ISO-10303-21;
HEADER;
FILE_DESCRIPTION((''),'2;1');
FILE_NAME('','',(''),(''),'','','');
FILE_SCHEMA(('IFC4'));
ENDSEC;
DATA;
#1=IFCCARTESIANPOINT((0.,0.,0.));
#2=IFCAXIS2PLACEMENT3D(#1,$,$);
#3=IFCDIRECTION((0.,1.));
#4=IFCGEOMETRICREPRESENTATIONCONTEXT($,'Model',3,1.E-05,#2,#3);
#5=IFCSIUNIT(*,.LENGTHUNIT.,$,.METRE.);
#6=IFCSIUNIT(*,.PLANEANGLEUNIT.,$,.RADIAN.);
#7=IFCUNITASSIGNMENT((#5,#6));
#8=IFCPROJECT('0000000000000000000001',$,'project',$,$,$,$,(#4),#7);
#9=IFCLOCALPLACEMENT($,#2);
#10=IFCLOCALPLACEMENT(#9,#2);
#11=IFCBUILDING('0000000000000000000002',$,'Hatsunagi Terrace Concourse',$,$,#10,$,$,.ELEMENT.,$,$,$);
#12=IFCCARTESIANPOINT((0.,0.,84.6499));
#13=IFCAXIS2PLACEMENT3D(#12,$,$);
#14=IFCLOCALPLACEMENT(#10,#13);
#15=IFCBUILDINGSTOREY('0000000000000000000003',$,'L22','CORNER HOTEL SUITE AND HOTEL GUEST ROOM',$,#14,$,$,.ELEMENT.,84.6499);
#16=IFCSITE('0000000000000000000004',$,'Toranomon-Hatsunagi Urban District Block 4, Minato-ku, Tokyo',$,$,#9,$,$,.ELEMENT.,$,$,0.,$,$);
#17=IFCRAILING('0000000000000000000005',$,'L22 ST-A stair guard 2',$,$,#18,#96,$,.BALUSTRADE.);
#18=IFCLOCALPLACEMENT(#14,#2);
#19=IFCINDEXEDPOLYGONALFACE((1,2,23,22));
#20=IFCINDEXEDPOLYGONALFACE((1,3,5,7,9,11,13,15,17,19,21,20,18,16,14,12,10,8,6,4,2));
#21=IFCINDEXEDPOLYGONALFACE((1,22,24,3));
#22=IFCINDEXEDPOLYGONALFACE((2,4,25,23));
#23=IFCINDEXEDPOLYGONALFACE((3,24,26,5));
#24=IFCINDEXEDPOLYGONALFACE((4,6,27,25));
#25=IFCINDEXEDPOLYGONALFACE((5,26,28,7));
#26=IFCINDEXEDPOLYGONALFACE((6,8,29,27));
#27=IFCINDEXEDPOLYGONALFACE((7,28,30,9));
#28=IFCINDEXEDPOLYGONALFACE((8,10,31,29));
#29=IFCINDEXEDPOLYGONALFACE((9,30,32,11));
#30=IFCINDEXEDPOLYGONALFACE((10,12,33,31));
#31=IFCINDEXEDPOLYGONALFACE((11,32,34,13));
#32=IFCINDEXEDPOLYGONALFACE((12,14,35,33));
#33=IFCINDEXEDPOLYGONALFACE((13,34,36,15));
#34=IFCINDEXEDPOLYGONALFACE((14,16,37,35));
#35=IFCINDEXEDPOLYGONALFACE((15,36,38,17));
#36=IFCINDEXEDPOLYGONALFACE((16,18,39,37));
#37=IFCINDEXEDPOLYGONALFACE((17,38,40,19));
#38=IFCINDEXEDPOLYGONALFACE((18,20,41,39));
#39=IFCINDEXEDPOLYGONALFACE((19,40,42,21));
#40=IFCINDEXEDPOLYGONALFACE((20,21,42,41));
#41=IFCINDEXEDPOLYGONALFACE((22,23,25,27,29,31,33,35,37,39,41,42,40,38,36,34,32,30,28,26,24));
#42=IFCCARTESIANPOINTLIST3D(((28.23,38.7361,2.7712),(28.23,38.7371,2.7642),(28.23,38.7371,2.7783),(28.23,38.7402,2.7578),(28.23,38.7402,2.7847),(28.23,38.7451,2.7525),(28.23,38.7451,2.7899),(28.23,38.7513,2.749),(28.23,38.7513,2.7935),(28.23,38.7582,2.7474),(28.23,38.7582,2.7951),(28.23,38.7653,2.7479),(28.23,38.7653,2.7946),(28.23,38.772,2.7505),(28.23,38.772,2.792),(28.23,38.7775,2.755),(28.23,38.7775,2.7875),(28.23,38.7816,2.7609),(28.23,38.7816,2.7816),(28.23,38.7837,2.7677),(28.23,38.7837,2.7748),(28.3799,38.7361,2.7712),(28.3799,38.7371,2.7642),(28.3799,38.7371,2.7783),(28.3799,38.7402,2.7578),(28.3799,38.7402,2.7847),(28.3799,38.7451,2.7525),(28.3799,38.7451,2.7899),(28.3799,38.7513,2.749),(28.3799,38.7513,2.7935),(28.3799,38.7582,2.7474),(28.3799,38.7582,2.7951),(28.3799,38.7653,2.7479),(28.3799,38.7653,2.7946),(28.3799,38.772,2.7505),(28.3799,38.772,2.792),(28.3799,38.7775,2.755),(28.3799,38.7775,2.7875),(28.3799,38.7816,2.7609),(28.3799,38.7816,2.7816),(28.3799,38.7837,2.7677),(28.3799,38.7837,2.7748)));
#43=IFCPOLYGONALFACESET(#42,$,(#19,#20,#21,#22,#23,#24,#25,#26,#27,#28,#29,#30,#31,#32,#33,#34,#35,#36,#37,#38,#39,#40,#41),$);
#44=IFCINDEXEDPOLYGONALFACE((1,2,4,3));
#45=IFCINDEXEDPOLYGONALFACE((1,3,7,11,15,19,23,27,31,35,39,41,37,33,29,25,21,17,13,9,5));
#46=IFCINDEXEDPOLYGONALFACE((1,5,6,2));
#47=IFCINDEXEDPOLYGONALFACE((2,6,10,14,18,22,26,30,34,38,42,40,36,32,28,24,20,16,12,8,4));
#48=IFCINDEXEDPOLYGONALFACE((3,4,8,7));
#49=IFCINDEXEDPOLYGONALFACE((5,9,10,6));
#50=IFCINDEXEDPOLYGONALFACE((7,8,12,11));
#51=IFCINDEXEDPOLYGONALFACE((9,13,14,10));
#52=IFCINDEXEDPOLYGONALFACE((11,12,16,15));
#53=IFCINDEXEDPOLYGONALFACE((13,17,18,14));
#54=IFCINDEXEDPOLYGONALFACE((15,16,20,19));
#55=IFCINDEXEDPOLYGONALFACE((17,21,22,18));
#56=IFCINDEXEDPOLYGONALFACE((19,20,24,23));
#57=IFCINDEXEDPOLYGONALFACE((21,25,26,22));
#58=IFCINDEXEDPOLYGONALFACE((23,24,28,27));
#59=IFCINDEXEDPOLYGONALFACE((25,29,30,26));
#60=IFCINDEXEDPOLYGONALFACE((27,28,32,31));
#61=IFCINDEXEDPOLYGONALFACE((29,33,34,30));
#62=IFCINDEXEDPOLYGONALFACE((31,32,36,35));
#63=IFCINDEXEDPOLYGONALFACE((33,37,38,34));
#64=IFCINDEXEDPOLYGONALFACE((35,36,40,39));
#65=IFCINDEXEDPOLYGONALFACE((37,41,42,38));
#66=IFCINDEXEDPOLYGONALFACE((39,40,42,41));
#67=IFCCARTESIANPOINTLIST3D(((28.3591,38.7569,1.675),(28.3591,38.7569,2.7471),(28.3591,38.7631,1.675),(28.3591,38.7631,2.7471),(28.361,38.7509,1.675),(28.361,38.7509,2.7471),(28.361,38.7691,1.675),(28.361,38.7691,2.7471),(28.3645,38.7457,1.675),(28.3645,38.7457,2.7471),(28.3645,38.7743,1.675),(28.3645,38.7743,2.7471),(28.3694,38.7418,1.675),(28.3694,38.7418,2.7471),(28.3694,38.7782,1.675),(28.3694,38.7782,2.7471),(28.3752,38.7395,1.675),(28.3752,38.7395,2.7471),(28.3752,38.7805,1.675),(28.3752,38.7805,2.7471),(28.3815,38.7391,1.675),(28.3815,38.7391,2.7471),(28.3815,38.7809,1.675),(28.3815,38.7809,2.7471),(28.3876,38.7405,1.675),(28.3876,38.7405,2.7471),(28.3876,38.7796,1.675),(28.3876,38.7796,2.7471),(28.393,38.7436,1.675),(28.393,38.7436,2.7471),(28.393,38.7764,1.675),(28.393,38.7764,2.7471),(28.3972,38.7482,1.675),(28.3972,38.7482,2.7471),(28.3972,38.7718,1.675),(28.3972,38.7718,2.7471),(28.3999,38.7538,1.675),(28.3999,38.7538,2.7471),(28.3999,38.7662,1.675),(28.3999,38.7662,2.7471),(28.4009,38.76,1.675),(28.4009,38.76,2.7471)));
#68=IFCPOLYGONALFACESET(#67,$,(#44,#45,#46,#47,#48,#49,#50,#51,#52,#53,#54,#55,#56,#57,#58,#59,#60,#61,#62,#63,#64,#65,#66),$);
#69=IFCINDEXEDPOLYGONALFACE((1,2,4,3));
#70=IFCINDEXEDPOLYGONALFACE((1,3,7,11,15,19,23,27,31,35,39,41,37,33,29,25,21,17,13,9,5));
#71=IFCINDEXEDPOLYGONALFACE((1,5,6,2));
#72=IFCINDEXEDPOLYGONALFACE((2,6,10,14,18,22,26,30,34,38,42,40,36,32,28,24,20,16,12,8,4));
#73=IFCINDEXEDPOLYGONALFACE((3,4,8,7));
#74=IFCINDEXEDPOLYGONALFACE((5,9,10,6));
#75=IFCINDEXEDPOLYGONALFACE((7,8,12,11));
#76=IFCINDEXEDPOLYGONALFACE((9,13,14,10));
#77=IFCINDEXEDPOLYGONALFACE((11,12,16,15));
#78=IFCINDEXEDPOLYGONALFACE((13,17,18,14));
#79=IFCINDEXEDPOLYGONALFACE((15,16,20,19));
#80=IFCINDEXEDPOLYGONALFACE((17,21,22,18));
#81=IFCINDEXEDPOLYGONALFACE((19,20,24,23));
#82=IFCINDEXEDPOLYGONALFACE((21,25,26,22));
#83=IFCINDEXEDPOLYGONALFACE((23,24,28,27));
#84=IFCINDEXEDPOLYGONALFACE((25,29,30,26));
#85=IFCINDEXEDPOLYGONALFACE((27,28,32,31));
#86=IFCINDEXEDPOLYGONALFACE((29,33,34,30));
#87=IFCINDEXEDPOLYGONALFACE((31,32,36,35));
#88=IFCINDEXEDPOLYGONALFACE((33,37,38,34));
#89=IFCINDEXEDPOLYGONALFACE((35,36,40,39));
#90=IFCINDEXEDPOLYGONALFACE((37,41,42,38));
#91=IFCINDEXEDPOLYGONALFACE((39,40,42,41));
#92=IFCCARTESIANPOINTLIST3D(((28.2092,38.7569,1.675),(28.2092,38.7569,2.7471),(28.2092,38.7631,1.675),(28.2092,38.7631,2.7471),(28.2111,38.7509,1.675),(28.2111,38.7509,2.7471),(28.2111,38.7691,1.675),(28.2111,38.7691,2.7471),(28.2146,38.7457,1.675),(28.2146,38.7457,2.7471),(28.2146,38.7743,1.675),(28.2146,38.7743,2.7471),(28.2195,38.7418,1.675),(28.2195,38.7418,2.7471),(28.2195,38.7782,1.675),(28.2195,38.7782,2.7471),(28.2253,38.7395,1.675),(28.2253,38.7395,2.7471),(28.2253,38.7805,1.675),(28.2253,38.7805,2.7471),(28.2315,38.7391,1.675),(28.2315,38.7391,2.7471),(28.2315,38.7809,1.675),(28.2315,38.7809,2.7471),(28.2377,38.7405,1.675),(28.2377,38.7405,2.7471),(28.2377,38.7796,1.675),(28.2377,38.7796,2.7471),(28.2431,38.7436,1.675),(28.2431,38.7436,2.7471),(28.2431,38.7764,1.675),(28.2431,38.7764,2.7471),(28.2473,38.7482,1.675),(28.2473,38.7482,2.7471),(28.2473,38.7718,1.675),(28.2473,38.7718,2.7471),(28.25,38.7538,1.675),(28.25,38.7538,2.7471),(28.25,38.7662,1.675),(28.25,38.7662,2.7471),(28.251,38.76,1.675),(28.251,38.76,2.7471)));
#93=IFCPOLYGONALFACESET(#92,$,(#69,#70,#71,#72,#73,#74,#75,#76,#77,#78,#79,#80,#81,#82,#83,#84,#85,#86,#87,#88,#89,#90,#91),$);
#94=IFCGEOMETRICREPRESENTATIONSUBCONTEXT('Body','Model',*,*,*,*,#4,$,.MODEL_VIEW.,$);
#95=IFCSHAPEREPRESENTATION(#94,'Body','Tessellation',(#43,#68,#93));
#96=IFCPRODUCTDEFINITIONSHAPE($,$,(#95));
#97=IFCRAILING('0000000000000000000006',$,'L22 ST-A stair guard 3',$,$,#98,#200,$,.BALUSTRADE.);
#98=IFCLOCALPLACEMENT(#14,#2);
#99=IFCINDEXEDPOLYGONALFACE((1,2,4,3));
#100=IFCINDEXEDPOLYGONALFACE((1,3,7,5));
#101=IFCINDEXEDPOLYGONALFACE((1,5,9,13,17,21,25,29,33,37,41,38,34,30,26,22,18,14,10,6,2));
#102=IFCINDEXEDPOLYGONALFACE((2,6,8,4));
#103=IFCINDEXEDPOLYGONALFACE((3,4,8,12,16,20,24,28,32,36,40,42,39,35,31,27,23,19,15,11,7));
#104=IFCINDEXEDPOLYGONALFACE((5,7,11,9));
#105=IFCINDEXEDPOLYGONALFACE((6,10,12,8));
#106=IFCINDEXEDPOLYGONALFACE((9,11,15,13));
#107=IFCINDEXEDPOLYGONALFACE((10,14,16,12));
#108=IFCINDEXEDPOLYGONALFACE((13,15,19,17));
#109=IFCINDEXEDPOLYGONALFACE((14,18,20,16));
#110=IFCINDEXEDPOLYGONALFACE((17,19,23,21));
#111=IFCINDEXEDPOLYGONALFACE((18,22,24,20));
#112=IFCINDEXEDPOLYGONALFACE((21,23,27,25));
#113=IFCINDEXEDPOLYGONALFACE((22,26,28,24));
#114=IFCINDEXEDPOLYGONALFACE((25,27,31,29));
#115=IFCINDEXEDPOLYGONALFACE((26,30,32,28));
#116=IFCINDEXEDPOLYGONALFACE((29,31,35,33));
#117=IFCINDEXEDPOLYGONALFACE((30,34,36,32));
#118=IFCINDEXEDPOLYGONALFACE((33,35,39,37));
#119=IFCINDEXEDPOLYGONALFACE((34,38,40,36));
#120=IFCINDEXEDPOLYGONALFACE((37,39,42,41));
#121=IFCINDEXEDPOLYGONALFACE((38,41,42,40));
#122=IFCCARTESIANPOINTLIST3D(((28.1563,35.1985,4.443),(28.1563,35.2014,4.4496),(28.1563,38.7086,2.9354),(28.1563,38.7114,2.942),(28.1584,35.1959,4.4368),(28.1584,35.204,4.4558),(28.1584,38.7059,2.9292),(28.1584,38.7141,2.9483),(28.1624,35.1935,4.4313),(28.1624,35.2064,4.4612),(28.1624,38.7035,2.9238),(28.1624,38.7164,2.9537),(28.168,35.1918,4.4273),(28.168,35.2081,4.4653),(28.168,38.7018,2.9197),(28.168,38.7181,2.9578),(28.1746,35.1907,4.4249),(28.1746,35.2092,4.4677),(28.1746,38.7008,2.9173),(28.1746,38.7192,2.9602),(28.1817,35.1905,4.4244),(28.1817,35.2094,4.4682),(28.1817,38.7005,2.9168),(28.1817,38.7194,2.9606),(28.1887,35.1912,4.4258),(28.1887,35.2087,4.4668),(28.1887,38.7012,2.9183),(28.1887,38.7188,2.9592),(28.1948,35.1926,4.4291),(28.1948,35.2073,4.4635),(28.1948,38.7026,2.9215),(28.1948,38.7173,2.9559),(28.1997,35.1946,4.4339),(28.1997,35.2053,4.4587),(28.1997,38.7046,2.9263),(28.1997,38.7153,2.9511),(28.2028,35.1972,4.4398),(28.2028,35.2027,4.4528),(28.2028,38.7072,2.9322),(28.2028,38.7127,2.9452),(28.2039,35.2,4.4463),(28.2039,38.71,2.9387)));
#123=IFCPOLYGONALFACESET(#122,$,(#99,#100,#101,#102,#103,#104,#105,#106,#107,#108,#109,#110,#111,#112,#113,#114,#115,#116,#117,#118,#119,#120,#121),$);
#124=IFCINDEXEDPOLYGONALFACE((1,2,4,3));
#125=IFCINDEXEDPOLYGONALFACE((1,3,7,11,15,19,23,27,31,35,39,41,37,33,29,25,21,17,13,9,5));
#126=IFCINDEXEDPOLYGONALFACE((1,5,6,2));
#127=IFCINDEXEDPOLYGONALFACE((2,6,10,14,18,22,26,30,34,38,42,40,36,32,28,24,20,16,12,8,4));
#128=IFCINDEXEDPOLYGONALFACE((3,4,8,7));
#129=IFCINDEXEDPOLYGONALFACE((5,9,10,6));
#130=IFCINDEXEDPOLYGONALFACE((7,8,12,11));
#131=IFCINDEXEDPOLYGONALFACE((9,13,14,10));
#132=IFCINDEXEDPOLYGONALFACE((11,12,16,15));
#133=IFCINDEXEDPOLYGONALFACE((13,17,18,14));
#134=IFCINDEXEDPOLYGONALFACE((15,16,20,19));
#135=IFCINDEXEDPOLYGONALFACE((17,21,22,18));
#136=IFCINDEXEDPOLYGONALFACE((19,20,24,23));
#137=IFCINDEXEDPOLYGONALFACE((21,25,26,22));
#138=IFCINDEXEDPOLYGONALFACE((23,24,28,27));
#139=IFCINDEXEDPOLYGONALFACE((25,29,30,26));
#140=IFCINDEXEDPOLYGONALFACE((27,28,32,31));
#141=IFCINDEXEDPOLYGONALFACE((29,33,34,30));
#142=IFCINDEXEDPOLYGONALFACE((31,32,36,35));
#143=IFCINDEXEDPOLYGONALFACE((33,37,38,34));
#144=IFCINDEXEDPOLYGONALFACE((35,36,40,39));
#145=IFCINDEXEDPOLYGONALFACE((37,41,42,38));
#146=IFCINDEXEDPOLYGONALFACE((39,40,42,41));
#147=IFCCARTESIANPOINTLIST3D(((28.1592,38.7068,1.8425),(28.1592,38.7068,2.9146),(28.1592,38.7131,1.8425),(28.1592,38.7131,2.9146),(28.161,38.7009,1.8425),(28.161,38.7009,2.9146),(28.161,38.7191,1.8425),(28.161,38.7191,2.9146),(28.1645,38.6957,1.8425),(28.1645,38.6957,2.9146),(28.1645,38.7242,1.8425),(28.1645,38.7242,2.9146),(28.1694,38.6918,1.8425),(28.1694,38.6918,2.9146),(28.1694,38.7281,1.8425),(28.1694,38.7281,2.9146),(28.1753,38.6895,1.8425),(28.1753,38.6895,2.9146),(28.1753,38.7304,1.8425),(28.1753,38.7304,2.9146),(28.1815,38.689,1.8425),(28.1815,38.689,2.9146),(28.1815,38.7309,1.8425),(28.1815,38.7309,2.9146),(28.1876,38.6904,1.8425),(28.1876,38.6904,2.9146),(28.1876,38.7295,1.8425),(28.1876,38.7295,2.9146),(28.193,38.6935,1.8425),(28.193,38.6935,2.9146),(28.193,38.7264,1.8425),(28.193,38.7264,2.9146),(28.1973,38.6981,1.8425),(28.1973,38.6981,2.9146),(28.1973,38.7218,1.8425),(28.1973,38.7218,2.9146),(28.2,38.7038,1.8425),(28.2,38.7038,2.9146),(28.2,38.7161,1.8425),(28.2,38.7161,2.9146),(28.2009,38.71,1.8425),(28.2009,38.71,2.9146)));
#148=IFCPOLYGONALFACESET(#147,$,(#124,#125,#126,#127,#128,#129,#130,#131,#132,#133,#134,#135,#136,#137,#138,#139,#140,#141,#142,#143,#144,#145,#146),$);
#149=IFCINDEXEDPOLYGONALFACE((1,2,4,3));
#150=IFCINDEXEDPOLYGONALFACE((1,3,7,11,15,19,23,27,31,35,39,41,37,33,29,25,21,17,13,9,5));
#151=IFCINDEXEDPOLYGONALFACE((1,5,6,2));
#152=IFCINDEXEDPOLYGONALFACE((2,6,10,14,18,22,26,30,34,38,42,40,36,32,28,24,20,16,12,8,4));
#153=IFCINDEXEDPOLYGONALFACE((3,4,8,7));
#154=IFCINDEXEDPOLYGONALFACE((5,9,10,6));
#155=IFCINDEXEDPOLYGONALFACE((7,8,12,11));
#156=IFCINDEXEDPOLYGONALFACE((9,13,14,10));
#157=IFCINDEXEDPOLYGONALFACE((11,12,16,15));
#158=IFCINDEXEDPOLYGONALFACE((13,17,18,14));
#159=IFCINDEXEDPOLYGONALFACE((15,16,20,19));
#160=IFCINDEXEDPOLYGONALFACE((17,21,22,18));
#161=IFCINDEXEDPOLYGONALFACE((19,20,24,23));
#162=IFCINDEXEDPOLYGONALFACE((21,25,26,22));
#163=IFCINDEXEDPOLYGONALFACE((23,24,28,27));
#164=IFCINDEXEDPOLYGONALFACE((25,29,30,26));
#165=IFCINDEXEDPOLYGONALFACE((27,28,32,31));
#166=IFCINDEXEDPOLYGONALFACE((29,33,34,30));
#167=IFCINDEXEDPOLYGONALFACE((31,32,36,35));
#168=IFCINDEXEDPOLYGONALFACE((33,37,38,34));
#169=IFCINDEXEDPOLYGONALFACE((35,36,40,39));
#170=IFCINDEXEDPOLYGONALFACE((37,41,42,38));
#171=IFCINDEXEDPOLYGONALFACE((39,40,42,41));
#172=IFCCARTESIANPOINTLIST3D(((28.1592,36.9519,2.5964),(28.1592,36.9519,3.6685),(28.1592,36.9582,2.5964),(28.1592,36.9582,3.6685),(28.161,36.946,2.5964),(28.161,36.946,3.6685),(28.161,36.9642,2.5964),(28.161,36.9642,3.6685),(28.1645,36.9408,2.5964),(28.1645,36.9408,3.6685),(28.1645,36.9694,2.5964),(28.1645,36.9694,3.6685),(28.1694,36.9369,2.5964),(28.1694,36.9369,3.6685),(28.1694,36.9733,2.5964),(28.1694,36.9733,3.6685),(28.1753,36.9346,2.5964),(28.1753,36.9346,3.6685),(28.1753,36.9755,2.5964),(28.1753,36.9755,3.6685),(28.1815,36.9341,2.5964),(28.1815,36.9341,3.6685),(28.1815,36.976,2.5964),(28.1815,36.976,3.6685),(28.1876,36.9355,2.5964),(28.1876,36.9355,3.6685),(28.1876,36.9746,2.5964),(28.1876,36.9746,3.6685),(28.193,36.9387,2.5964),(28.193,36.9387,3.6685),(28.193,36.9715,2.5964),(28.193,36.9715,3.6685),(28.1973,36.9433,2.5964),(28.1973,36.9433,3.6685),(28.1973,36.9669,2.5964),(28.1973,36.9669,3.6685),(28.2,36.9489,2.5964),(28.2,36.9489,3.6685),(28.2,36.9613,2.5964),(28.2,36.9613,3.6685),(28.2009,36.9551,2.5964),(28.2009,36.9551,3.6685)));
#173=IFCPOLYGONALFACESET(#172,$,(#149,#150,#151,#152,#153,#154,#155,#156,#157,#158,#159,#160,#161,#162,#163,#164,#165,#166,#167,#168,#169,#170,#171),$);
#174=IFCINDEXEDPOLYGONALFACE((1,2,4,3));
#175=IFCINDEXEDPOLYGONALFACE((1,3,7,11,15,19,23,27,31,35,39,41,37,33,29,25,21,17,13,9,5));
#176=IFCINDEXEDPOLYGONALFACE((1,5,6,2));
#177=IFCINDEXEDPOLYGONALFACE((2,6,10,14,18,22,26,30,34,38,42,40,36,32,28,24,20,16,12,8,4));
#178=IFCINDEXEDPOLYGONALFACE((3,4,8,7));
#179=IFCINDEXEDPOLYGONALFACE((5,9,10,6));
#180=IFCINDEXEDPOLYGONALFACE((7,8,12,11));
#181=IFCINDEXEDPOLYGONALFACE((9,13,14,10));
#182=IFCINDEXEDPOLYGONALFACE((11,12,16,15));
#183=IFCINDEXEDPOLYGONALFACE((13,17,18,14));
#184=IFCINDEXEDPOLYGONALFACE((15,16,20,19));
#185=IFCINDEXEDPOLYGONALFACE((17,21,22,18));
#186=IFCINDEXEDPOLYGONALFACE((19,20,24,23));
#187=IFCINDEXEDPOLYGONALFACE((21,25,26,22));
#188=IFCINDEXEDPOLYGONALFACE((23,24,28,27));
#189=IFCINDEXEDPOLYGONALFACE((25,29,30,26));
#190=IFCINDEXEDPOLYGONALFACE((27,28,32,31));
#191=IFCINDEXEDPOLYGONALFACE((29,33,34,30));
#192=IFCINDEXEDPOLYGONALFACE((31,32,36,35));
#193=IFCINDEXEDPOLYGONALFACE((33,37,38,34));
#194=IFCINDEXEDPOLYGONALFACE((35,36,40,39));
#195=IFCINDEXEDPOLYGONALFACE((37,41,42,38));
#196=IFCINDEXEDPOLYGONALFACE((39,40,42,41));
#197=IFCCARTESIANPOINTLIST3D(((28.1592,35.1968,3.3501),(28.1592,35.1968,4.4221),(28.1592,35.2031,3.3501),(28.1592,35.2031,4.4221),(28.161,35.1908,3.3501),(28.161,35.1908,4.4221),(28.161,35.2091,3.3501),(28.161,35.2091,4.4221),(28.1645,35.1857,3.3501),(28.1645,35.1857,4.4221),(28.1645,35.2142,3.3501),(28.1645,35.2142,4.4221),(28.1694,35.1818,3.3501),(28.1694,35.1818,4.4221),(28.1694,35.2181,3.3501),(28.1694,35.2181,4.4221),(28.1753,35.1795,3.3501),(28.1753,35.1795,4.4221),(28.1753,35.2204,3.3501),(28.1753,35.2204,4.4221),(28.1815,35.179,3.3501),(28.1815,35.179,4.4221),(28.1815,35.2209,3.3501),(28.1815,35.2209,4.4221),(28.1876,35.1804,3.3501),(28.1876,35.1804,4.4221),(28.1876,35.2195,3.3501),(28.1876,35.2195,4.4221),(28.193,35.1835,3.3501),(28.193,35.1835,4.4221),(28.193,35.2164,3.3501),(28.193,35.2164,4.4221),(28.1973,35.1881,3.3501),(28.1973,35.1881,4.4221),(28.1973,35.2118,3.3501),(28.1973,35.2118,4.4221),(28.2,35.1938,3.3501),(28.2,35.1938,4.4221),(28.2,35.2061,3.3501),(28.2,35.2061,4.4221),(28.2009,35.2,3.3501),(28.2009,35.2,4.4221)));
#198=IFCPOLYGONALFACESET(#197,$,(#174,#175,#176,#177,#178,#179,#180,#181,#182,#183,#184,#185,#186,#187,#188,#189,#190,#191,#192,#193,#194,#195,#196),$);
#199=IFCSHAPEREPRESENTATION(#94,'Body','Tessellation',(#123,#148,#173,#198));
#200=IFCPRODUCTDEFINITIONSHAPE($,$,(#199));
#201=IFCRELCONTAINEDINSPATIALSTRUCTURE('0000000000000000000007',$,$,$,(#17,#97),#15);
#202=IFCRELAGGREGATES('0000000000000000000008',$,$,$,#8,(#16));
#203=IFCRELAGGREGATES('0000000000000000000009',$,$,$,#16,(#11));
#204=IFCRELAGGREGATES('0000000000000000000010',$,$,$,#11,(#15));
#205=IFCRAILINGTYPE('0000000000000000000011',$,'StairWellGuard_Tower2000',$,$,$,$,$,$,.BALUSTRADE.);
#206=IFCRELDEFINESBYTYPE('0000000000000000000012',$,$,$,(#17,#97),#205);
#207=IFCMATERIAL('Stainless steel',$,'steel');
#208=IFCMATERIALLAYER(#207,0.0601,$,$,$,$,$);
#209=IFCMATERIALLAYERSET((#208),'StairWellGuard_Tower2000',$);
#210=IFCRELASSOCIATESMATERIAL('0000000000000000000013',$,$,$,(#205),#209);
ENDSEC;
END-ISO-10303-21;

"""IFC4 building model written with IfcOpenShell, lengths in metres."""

from ifc_helpers import new_model, si_unit, direction, frame, origin, origin_2d, place, context, subcontext, project, spatial, circle, extrude, material, layer, layer_set, type_object, element, save


model = new_model("IFC4")

# Units and contexts
model_context = context("Model", 3, precision=1e-05, world=origin(), true_north=direction((0.0, 1.0)))
body_context = subcontext(model_context, "Body", "Model", "MODEL_VIEW")
ifc_project = project(units=[si_unit("LENGTHUNIT", "METRE"), si_unit("PLANEANGLEUNIT", "RADIAN")], contexts=[model_context])

# Site, building, storey
site_placement = place(None, origin())
site = spatial("IfcSite", under=ifc_project, at=site_placement, Name="Toranomon-Hatsunagi Urban District Block 4, Minato-ku, Tokyo", CompositionType="ELEMENT", RefElevation=0.0)
building_placement = place(site_placement, origin())
building = spatial("IfcBuilding", under=site, at=building_placement, Name="Hatsunagi Terrace Concourse", CompositionType="ELEMENT")
storey_placement = place(building_placement, frame((0.0, 0.0, 84.6499)))
storey = spatial("IfcBuildingStorey", under=building, at=storey_placement, Name="L22", Description="CORNER HOTEL SUITE AND HOTEL GUEST ROOM", CompositionType="ELEMENT", Elevation=84.6499)

# Railings
ifc_material_1 = material(Name="Stainless steel", Category="steel")
ifc_layer_1 = layer(ifc_material_1, 0.0601)
ifc_layer_set_1 = layer_set([ifc_layer_1], Name="StairWellGuard_Tower2000")
railing_type_1 = type_object("IfcRailingType", Name="StairWellGuard_Tower2000", PredefinedType="BALUSTRADE", material=ifc_layer_set_1)
railing_1_placement = place(storey_placement, frame((28.3799, 38.76, 1.675)))
element("IfcRailing", 1, at=railing_1_placement, inside=storey, type_object=railing_type_1, Name="L22 ST-A stair guard 2", PredefinedType="BALUSTRADE", context=body_context, shape_type="SweptSolid", body=[
    extrude(circle(Radius=0.0239, at=origin_2d()), frame((0.0, 0.0, 1.0962), z_axis=(-1.0, 0.0, 0.0), x_axis=(0.0, -1.0, 0.0)), (0.0, 0.0, 1.0), 0.1499),
    extrude(circle(Radius=0.021, at=origin_2d()), origin(), (0.0, 0.0, 1.0), 1.072),
    extrude(circle(Radius=0.021, at=origin_2d()), frame((-0.1499, 0.0, 0.0)), (0.0, 0.0, 1.0), 1.072),
])
railing_2_placement = place(storey_placement, frame((28.1799, 38.71, 1.8425)))
element("IfcRailing", 2, at=railing_2_placement, inside=storey, type_object=railing_type_1, Name="L22 ST-A stair guard 3", PredefinedType="BALUSTRADE", context=body_context, shape_type="SweptSolid", body=[
    extrude(circle(Radius=0.0239, at=origin_2d()), frame((0.0, 0.0, 1.0962), z_axis=(0.0, -0.918834, 0.394644), x_axis=(1.0, 0.0, 0.0)), (0.0, 0.0, 1.0), 3.8201),
    extrude(circle(Radius=0.021, at=origin_2d()), origin(), (0.0, 0.0, 1.0), 1.072),
    extrude(circle(Radius=0.021, at=origin_2d()), frame((0.0, -1.7549, 0.7539)), (0.0, 0.0, 1.0), 1.072),
    extrude(circle(Radius=0.021, at=origin_2d()), frame((0.0, -3.51, 1.5076)), (0.0, 0.0, 1.0), 1.072),
])

save(model, "model.ifc")
